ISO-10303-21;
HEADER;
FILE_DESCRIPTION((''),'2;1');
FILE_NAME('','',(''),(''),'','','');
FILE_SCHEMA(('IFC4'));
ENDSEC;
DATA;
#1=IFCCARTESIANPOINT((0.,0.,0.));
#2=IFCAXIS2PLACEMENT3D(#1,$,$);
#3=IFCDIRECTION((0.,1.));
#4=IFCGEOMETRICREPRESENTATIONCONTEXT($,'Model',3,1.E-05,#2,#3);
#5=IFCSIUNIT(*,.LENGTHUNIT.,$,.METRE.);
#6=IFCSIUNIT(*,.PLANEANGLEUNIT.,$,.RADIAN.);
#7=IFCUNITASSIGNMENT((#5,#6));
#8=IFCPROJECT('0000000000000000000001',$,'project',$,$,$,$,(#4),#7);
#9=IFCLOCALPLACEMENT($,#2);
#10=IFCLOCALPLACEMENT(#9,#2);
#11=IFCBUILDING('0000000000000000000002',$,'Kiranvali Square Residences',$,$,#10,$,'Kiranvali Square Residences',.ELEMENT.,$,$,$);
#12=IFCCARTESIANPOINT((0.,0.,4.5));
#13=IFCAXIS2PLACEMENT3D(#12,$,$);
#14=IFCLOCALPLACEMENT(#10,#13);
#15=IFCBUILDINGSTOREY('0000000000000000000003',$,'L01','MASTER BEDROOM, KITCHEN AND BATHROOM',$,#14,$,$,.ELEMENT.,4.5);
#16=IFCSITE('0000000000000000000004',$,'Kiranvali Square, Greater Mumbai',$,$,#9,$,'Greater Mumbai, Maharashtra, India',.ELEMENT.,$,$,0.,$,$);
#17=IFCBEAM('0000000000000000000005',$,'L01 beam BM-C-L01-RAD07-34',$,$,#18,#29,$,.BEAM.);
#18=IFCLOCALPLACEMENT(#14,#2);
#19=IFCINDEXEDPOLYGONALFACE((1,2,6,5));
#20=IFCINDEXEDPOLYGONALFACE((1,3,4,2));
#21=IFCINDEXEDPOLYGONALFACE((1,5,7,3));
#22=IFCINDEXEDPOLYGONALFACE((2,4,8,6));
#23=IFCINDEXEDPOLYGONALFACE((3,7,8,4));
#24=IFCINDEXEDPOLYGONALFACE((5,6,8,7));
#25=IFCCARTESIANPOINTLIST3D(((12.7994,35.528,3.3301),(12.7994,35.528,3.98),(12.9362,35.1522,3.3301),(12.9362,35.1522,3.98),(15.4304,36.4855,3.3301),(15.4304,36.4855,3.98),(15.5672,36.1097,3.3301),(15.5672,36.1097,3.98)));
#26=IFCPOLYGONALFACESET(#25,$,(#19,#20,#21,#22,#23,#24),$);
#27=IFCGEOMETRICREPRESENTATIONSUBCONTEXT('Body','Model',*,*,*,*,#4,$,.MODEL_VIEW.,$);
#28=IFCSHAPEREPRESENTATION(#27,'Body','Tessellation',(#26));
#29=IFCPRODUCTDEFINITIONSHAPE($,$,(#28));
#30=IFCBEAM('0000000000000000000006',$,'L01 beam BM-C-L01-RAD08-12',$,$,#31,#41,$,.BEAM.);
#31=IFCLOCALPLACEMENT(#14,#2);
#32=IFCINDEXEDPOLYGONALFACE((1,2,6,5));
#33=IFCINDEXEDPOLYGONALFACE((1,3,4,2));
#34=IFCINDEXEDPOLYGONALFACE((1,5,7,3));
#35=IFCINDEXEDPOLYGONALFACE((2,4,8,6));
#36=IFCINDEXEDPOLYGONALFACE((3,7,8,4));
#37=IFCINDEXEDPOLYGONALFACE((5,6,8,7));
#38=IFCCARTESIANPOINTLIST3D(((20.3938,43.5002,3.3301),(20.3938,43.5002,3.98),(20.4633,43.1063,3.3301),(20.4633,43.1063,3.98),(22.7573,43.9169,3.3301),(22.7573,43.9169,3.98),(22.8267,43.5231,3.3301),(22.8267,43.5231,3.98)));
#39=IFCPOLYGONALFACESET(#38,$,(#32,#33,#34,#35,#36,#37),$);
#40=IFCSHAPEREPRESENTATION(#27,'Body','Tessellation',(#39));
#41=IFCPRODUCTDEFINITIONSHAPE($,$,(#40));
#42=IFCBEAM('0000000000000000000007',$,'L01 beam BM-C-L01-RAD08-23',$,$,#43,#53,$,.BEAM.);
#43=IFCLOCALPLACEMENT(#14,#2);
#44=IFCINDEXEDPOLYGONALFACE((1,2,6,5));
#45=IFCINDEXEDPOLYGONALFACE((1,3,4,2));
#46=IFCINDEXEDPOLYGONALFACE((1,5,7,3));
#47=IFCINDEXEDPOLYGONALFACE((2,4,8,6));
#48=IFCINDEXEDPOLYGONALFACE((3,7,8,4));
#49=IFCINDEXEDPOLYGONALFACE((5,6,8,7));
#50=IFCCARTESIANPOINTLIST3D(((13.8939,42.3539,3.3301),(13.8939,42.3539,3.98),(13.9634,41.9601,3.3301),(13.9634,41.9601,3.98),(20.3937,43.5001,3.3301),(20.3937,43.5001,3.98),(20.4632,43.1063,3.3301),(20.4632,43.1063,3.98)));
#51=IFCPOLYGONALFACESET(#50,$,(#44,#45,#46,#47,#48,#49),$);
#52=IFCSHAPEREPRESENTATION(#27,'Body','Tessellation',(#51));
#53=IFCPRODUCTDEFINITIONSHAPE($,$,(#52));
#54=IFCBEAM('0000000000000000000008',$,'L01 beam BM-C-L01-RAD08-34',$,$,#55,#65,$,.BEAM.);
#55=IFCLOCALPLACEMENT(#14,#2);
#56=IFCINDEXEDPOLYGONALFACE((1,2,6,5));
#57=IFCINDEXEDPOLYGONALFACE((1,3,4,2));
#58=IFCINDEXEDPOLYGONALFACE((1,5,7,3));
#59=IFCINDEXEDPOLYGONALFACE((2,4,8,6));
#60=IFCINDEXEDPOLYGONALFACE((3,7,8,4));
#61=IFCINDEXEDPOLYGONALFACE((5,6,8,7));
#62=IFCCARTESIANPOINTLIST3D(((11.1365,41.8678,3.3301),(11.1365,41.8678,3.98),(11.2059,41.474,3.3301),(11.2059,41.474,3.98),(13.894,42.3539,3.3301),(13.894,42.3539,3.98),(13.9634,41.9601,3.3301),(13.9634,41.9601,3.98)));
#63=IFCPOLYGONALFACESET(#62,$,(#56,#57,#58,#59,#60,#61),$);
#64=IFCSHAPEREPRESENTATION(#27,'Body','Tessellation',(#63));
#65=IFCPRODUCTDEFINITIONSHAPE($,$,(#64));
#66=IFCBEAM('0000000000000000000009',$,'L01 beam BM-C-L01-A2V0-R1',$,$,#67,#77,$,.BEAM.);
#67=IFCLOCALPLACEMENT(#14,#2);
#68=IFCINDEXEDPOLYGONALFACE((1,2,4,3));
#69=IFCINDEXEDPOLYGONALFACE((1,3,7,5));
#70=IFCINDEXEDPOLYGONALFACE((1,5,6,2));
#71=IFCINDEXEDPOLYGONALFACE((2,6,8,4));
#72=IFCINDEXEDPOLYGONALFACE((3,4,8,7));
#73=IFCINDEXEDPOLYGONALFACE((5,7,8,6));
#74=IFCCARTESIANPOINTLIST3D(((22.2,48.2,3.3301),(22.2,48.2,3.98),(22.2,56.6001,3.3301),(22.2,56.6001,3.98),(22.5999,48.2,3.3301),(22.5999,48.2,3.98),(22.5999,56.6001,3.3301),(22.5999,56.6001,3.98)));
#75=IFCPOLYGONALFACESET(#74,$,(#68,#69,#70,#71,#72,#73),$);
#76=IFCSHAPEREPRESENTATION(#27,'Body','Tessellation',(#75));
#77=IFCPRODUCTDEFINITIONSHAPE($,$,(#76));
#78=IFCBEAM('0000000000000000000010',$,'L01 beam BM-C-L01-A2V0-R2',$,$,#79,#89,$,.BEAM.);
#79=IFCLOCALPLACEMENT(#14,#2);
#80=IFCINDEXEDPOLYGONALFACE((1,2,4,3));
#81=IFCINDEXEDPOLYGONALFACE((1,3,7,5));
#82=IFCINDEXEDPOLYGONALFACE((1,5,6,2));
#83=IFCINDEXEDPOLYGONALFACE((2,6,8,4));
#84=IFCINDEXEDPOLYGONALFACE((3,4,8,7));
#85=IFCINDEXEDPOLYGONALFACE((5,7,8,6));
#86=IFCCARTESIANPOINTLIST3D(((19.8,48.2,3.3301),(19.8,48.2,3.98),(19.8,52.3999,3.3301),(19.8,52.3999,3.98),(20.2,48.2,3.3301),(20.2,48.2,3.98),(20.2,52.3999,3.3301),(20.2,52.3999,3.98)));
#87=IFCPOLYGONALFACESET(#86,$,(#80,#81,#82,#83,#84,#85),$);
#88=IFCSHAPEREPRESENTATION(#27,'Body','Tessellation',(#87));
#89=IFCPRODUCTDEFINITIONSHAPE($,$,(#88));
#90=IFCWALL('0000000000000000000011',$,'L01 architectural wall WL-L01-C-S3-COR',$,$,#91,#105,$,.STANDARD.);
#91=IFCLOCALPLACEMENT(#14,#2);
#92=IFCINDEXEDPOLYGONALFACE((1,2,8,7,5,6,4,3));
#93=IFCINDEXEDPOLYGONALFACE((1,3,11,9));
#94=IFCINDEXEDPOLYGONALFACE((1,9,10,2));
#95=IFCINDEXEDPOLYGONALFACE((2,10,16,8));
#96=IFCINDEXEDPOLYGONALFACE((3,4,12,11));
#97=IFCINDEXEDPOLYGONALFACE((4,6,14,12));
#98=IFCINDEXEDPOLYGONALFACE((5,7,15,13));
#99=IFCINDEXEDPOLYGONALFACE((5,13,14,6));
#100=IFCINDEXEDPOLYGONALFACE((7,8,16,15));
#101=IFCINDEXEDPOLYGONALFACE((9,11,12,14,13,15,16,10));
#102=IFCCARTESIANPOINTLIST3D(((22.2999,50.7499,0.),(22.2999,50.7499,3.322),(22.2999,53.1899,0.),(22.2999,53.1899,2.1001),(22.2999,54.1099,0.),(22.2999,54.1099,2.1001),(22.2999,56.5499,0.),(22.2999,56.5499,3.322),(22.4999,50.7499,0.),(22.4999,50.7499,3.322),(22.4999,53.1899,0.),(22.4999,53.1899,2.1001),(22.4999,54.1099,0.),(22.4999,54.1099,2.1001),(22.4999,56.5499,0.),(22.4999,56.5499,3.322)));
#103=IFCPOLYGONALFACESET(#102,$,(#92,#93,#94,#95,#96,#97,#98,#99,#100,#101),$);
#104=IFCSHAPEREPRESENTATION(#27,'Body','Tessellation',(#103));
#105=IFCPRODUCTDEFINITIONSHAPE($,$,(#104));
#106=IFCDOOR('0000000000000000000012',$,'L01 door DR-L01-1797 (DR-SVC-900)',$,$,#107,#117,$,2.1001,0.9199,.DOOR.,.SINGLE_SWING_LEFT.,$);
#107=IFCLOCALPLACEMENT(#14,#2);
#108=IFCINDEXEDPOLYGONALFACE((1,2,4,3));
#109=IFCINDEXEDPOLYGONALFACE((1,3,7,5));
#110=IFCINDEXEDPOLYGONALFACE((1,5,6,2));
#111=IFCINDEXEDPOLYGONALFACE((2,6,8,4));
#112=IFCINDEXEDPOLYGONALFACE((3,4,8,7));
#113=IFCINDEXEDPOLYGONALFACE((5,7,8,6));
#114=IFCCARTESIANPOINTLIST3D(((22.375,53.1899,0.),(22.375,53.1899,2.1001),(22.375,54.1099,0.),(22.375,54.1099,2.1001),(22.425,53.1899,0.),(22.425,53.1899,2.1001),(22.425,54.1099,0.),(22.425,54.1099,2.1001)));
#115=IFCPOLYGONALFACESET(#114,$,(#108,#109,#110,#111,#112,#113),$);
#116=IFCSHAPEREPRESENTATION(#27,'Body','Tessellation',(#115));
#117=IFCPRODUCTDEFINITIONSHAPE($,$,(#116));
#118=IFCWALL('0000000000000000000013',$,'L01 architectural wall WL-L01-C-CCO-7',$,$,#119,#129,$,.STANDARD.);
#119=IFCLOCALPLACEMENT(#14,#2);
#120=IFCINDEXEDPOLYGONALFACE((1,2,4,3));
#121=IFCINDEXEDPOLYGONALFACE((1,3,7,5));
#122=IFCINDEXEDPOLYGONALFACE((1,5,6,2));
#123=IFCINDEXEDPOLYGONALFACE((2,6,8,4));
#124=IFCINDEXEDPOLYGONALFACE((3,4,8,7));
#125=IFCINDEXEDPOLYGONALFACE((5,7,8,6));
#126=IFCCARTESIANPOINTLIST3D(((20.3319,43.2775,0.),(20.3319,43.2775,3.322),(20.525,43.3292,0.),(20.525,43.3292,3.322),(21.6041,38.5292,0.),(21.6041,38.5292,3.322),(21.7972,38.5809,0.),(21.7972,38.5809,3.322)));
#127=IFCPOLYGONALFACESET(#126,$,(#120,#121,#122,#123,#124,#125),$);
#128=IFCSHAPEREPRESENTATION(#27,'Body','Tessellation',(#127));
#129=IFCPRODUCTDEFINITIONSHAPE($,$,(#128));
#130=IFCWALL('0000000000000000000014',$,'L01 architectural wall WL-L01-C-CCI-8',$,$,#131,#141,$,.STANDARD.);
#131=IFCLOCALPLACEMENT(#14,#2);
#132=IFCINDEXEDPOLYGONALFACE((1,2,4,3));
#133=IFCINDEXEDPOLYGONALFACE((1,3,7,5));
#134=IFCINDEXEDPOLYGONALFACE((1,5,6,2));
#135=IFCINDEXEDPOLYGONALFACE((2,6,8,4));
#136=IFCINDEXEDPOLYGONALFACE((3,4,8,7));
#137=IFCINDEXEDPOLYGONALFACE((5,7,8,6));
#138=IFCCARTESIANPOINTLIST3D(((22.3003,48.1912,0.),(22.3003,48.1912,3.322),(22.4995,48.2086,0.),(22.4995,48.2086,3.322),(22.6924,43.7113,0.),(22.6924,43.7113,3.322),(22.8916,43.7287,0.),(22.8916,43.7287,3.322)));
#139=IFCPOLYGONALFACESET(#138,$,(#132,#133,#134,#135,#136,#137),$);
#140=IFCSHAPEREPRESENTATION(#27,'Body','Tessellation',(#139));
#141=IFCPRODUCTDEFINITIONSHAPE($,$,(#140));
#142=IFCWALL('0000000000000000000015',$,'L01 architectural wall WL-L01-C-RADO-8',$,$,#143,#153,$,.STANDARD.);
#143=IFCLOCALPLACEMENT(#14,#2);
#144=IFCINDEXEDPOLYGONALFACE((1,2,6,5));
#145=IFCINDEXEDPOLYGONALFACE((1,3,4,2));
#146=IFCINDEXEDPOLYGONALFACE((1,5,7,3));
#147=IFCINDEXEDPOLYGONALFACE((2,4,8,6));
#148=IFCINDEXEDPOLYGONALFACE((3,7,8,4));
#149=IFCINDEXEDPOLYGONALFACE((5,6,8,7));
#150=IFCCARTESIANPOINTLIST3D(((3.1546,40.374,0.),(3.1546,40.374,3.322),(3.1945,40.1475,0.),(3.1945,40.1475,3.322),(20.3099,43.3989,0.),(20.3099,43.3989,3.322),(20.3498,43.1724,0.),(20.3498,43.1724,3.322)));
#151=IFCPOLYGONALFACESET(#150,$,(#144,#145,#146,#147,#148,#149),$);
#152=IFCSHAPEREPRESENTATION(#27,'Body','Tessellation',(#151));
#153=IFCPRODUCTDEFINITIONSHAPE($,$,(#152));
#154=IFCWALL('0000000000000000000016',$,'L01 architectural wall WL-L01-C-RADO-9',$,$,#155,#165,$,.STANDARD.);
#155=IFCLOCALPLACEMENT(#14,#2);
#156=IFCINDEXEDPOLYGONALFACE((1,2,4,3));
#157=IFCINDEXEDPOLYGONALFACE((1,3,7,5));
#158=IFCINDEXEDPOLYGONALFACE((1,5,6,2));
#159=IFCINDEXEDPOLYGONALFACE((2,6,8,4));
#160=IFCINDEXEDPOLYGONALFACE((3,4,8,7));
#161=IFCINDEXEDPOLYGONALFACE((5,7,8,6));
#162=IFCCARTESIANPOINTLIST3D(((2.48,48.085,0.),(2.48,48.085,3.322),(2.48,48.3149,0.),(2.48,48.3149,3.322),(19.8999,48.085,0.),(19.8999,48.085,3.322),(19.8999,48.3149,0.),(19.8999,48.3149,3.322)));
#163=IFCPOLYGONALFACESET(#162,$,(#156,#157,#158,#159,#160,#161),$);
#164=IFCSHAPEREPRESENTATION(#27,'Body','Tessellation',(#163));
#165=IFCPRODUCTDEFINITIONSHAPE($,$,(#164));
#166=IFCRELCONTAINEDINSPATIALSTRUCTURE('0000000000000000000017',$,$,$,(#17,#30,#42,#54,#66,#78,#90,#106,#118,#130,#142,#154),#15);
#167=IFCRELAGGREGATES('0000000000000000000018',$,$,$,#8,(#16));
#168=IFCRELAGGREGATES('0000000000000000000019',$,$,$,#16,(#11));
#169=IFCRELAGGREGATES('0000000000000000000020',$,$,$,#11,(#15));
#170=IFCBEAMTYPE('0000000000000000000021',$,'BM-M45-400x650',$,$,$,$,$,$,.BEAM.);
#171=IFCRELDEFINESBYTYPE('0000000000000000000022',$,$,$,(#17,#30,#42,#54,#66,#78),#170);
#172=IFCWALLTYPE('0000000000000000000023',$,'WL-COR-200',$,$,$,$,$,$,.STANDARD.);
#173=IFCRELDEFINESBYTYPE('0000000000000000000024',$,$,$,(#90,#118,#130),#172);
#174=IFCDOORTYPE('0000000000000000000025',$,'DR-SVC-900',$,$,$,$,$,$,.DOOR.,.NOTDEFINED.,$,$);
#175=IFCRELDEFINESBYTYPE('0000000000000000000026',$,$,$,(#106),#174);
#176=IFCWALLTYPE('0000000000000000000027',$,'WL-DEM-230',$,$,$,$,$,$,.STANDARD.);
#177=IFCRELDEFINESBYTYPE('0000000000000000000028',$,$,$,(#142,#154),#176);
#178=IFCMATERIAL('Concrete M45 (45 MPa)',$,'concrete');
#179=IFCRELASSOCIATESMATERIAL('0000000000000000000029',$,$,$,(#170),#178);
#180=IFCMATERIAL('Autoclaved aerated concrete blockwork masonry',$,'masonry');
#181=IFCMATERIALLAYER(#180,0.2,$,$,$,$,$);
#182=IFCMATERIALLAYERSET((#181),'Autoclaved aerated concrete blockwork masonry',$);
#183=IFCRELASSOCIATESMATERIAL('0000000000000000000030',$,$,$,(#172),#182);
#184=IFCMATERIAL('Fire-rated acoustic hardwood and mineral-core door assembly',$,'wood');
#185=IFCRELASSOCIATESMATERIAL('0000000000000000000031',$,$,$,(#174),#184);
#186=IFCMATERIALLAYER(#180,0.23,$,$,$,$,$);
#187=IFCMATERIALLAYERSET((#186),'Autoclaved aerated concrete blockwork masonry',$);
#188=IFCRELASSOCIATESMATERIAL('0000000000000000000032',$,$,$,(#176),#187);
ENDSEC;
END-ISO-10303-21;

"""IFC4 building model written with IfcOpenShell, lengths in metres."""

from ifc_helpers import new_model, si_unit, direction, frame, frame_2d, origin, origin_2d, place, context, subcontext, project, spatial, rectangle, extrude, material, layer, layer_set, material_profile, profile_set, type_object, element, fill, save


model = new_model("IFC4")

# Units and contexts
model_context = context("Model", 3, precision=1e-05, world=origin(), true_north=direction((0.0, 1.0)))
body_context = subcontext(model_context, "Body", "Model", "MODEL_VIEW")
ifc_project = project(units=[si_unit("LENGTHUNIT", "METRE"), si_unit("PLANEANGLEUNIT", "RADIAN")], contexts=[model_context])

# Site, building, storey
site_placement = place(None, origin())
site = spatial("IfcSite", under=ifc_project, at=site_placement, Name="Kiranvali Square, Greater Mumbai", LongName="Greater Mumbai, Maharashtra, India", CompositionType="ELEMENT", RefElevation=0.0)
building_placement = place(site_placement, origin())
building = spatial("IfcBuilding", under=site, at=building_placement, Name="Kiranvali Square Residences", LongName="Kiranvali Square Residences", CompositionType="ELEMENT")
storey_placement = place(building_placement, frame((0.0, 0.0, 4.5)))
storey = spatial("IfcBuildingStorey", under=building, at=storey_placement, Name="L01", Description="MASTER BEDROOM, KITCHEN AND BATHROOM", CompositionType="ELEMENT", Elevation=4.5)

# Shared definitions
ifc_material_1 = material(Name="Concrete M45 (45 MPa)", Category="concrete")

# Beams
ifc_material_profile_1 = material_profile(ifc_material_1, rectangle(XDim=0.3999, YDim=0.6499, at=origin_2d()), Name="RC 400x650")
ifc_profile_set_1 = profile_set([ifc_material_profile_1], Name="Concrete M45 (45 MPa)")
beam_type_1 = type_object("IfcBeamType", Name="BM-M45-400x650", PredefinedType="BEAM", material=ifc_profile_set_1)
beam_1_placement = place(storey_placement, frame((15.4988, 36.2976, 3.655), z_axis=(-0.939707, -0.341981, 0.0), x_axis=(0.341981, -0.939707, 0.0)))
element("IfcBeam", 1, at=beam_1_placement, inside=storey, type_object=beam_type_1, Name="L01 beam BM-C-L01-RAD07-34", PredefinedType="BEAM", context=body_context, shape_type="SweptSolid", body=[
    extrude(rectangle(XDim=0.3999, YDim=0.6499, at=origin_2d()), origin(), (0.0, 0.0, 1.0), 2.7998),
])
beam_2_placement = place(storey_placement, frame((22.792, 43.72, 3.655), z_axis=(-0.984808, -0.173646, 0.0), x_axis=(0.173646, -0.984808, 0.0)))
element("IfcBeam", 2, at=beam_2_placement, inside=storey, type_object=beam_type_1, Name="L01 beam BM-C-L01-RAD08-12", PredefinedType="BEAM", context=body_context, shape_type="SweptSolid", body=[
    extrude(rectangle(XDim=0.3999, YDim=0.6499, at=origin_2d()), origin(), (0.0, 0.0, 1.0), 2.3999),
])
beam_3_placement = place(storey_placement, frame((20.4285, 43.3032, 3.655), z_axis=(-0.984804, -0.173671, 0.0), x_axis=(0.173671, -0.984804, 0.0)))
element("IfcBeam", 3, at=beam_3_placement, inside=storey, type_object=beam_type_1, Name="L01 beam BM-C-L01-RAD08-23", PredefinedType="BEAM", context=body_context, shape_type="SweptSolid", body=[
    extrude(rectangle(XDim=0.3999, YDim=0.6499, at=origin_2d()), origin(), (0.0, 0.0, 1.0), 6.6001),
])
beam_4_placement = place(storey_placement, frame((13.9287, 42.157, 3.655), z_axis=(-0.984817, -0.173596, 0.0), x_axis=(0.173596, -0.984817, 0.0)))
element("IfcBeam", 4, at=beam_4_placement, inside=storey, type_object=beam_type_1, Name="L01 beam BM-C-L01-RAD08-34", PredefinedType="BEAM", context=body_context, shape_type="SweptSolid", body=[
    extrude(rectangle(XDim=0.3999, YDim=0.6499, at=origin_2d()), origin(), (0.0, 0.0, 1.0), 2.8),
])
beam_5_placement = place(storey_placement, frame((22.3999, 48.2, 3.655), z_axis=(0.0, 1.0, 0.0), x_axis=(-1.0, 0.0, 0.0)))
element("IfcBeam", 5, at=beam_5_placement, inside=storey, type_object=beam_type_1, Name="L01 beam BM-C-L01-A2V0-R1", PredefinedType="BEAM", context=body_context, shape_type="SweptSolid", body=[
    extrude(rectangle(XDim=0.3999, YDim=0.6499, at=origin_2d()), origin(), (0.0, 0.0, 1.0), 8.4001),
])
beam_6_placement = place(storey_placement, frame((20.0, 48.2, 3.655), z_axis=(0.0, 1.0, 0.0), x_axis=(-1.0, 0.0, 0.0)))
element("IfcBeam", 6, at=beam_6_placement, inside=storey, type_object=beam_type_1, Name="L01 beam BM-C-L01-A2V0-R2", PredefinedType="BEAM", context=body_context, shape_type="SweptSolid", body=[
    extrude(rectangle(XDim=0.3999, YDim=0.6499, at=origin_2d()), origin(), (0.0, 0.0, 1.0), 4.2),
])

# Wall, opening, door
ifc_material_2 = material(Name="Autoclaved aerated concrete blockwork masonry", Category="masonry")
ifc_layer_1 = layer(ifc_material_2, 0.2)
ifc_layer_set_1 = layer_set([ifc_layer_1], Name="Autoclaved aerated concrete blockwork masonry")
wall_type_1 = type_object("IfcWallType", Name="WL-COR-200", PredefinedType="STANDARD", material=ifc_layer_set_1)
wall_1_placement = place(storey_placement, frame((22.3999, 50.75, 0.0), z_axis=(0.0, 0.0, 1.0), x_axis=(0.0, 1.0, 0.0)))
wall_1 = element("IfcWall", 7, at=wall_1_placement, inside=storey, type_object=wall_type_1, Name="L01 architectural wall WL-L01-C-S3-COR", PredefinedType="STANDARD", context=body_context, shape_type="SweptSolid", body=[
    extrude(rectangle(XDim=5.8, YDim=0.2, at=frame_2d((2.8999, 0.0))), origin(), (0.0, 0.0, 1.0), 3.322),
])
opening_1_placement = place(wall_1_placement, frame((2.4399, 0.0, 0.0)))
opening_1 = element("IfcOpeningElement", 8, at=opening_1_placement, cuts=wall_1, PredefinedType="OPENING", context=body_context, shape_type="SweptSolid", body=[
    extrude(rectangle(XDim=0.9199, YDim=2.1001, at=frame_2d((0.46, 1.05))), frame((0.0, 0.1099, 0.0), z_axis=(0.0, -1.0, 0.0), x_axis=(1.0, 0.0, 0.0)), (0.0, 0.0, 1.0), 0.22),
])
ifc_material_3 = material(Name="Fire-rated acoustic hardwood and mineral-core door assembly", Category="wood")
door_type_1 = type_object("IfcDoorType", Name="DR-SVC-900", OperationType="NOTDEFINED", PredefinedType="DOOR", material=ifc_material_3)
door_1_placement = place(opening_1_placement, origin())
door_1 = element("IfcDoor", 9, at=door_1_placement, inside=storey, type_object=door_type_1, Name="L01 door DR-L01-1797 (DR-SVC-900)", OperationType="SINGLE_SWING_LEFT", OverallHeight=2.1001, OverallWidth=0.9199, PredefinedType="DOOR", context=body_context, shape_type="SweptSolid", body=[
    extrude(rectangle(XDim=0.9199, YDim=2.1001, at=frame_2d((0.46, 1.05))), frame((0.0, 0.0249, 0.0), z_axis=(0.0, -1.0, 0.0), x_axis=(1.0, 0.0, 0.0)), (0.0, 0.0, 1.0), 0.05),
])
fill(opening_1, door_1)

# Walls
wall_2_placement = place(storey_placement, frame((21.7007, 38.5549, 0.0), z_axis=(0.0, 0.0, 1.0), x_axis=(-0.258803, 0.96593, 0.0)))
element("IfcWall", 10, at=wall_2_placement, inside=storey, type_object=wall_type_1, Name="L01 architectural wall WL-L01-C-CCO-7", PredefinedType="STANDARD", context=body_context, shape_type="SweptSolid", body=[
    extrude(rectangle(XDim=4.9158, YDim=0.2, at=frame_2d((2.458, 0.0))), origin(), (0.0, 0.0, 1.0), 3.322),
])
wall_3_placement = place(storey_placement, frame((22.792, 43.72, 0.0), z_axis=(0.0, 0.0, 1.0), x_axis=(-0.087187, 0.996192, 0.0)))
element("IfcWall", 11, at=wall_3_placement, inside=storey, type_object=wall_type_1, Name="L01 architectural wall WL-L01-C-CCI-8", PredefinedType="STANDARD", context=body_context, shape_type="SweptSolid", body=[
    extrude(rectangle(XDim=4.4971, YDim=0.2, at=frame_2d((2.2485, 0.0))), origin(), (0.0, 0.0, 1.0), 3.322),
])

# Walls
ifc_layer_2 = layer(ifc_material_2, 0.23)
ifc_layer_set_2 = layer_set([ifc_layer_2], Name="Autoclaved aerated concrete blockwork masonry")
wall_type_2 = type_object("IfcWallType", Name="WL-DEM-230", PredefinedType="STANDARD", material=ifc_layer_set_2)
for number, where, z_axis, x_axis, name in (
    (12, (20.3298, 43.2856, 0.0), (0.0, 0.0, 1.0), (-0.984808, -0.173646, 0.0), "L01 architectural wall WL-L01-C-RADO-8"),
    (13, (19.8999, 48.2, 0.0), (0.0, 0.0, 1.0), (-1.0, 0.0, 0.0), "L01 architectural wall WL-L01-C-RADO-9"),
):
    element("IfcWall", number, at=place(storey_placement, frame(where, z_axis=z_axis, x_axis=x_axis)), inside=storey, type_object=wall_type_2, Name=name, PredefinedType="STANDARD", context=body_context, shape_type="SweptSolid", body=[
        extrude(rectangle(XDim=17.4199, YDim=0.23, at=frame_2d((8.71, 0.0))), origin(), (0.0, 0.0, 1.0), 3.322),
    ])

save(model, "model.ifc")
